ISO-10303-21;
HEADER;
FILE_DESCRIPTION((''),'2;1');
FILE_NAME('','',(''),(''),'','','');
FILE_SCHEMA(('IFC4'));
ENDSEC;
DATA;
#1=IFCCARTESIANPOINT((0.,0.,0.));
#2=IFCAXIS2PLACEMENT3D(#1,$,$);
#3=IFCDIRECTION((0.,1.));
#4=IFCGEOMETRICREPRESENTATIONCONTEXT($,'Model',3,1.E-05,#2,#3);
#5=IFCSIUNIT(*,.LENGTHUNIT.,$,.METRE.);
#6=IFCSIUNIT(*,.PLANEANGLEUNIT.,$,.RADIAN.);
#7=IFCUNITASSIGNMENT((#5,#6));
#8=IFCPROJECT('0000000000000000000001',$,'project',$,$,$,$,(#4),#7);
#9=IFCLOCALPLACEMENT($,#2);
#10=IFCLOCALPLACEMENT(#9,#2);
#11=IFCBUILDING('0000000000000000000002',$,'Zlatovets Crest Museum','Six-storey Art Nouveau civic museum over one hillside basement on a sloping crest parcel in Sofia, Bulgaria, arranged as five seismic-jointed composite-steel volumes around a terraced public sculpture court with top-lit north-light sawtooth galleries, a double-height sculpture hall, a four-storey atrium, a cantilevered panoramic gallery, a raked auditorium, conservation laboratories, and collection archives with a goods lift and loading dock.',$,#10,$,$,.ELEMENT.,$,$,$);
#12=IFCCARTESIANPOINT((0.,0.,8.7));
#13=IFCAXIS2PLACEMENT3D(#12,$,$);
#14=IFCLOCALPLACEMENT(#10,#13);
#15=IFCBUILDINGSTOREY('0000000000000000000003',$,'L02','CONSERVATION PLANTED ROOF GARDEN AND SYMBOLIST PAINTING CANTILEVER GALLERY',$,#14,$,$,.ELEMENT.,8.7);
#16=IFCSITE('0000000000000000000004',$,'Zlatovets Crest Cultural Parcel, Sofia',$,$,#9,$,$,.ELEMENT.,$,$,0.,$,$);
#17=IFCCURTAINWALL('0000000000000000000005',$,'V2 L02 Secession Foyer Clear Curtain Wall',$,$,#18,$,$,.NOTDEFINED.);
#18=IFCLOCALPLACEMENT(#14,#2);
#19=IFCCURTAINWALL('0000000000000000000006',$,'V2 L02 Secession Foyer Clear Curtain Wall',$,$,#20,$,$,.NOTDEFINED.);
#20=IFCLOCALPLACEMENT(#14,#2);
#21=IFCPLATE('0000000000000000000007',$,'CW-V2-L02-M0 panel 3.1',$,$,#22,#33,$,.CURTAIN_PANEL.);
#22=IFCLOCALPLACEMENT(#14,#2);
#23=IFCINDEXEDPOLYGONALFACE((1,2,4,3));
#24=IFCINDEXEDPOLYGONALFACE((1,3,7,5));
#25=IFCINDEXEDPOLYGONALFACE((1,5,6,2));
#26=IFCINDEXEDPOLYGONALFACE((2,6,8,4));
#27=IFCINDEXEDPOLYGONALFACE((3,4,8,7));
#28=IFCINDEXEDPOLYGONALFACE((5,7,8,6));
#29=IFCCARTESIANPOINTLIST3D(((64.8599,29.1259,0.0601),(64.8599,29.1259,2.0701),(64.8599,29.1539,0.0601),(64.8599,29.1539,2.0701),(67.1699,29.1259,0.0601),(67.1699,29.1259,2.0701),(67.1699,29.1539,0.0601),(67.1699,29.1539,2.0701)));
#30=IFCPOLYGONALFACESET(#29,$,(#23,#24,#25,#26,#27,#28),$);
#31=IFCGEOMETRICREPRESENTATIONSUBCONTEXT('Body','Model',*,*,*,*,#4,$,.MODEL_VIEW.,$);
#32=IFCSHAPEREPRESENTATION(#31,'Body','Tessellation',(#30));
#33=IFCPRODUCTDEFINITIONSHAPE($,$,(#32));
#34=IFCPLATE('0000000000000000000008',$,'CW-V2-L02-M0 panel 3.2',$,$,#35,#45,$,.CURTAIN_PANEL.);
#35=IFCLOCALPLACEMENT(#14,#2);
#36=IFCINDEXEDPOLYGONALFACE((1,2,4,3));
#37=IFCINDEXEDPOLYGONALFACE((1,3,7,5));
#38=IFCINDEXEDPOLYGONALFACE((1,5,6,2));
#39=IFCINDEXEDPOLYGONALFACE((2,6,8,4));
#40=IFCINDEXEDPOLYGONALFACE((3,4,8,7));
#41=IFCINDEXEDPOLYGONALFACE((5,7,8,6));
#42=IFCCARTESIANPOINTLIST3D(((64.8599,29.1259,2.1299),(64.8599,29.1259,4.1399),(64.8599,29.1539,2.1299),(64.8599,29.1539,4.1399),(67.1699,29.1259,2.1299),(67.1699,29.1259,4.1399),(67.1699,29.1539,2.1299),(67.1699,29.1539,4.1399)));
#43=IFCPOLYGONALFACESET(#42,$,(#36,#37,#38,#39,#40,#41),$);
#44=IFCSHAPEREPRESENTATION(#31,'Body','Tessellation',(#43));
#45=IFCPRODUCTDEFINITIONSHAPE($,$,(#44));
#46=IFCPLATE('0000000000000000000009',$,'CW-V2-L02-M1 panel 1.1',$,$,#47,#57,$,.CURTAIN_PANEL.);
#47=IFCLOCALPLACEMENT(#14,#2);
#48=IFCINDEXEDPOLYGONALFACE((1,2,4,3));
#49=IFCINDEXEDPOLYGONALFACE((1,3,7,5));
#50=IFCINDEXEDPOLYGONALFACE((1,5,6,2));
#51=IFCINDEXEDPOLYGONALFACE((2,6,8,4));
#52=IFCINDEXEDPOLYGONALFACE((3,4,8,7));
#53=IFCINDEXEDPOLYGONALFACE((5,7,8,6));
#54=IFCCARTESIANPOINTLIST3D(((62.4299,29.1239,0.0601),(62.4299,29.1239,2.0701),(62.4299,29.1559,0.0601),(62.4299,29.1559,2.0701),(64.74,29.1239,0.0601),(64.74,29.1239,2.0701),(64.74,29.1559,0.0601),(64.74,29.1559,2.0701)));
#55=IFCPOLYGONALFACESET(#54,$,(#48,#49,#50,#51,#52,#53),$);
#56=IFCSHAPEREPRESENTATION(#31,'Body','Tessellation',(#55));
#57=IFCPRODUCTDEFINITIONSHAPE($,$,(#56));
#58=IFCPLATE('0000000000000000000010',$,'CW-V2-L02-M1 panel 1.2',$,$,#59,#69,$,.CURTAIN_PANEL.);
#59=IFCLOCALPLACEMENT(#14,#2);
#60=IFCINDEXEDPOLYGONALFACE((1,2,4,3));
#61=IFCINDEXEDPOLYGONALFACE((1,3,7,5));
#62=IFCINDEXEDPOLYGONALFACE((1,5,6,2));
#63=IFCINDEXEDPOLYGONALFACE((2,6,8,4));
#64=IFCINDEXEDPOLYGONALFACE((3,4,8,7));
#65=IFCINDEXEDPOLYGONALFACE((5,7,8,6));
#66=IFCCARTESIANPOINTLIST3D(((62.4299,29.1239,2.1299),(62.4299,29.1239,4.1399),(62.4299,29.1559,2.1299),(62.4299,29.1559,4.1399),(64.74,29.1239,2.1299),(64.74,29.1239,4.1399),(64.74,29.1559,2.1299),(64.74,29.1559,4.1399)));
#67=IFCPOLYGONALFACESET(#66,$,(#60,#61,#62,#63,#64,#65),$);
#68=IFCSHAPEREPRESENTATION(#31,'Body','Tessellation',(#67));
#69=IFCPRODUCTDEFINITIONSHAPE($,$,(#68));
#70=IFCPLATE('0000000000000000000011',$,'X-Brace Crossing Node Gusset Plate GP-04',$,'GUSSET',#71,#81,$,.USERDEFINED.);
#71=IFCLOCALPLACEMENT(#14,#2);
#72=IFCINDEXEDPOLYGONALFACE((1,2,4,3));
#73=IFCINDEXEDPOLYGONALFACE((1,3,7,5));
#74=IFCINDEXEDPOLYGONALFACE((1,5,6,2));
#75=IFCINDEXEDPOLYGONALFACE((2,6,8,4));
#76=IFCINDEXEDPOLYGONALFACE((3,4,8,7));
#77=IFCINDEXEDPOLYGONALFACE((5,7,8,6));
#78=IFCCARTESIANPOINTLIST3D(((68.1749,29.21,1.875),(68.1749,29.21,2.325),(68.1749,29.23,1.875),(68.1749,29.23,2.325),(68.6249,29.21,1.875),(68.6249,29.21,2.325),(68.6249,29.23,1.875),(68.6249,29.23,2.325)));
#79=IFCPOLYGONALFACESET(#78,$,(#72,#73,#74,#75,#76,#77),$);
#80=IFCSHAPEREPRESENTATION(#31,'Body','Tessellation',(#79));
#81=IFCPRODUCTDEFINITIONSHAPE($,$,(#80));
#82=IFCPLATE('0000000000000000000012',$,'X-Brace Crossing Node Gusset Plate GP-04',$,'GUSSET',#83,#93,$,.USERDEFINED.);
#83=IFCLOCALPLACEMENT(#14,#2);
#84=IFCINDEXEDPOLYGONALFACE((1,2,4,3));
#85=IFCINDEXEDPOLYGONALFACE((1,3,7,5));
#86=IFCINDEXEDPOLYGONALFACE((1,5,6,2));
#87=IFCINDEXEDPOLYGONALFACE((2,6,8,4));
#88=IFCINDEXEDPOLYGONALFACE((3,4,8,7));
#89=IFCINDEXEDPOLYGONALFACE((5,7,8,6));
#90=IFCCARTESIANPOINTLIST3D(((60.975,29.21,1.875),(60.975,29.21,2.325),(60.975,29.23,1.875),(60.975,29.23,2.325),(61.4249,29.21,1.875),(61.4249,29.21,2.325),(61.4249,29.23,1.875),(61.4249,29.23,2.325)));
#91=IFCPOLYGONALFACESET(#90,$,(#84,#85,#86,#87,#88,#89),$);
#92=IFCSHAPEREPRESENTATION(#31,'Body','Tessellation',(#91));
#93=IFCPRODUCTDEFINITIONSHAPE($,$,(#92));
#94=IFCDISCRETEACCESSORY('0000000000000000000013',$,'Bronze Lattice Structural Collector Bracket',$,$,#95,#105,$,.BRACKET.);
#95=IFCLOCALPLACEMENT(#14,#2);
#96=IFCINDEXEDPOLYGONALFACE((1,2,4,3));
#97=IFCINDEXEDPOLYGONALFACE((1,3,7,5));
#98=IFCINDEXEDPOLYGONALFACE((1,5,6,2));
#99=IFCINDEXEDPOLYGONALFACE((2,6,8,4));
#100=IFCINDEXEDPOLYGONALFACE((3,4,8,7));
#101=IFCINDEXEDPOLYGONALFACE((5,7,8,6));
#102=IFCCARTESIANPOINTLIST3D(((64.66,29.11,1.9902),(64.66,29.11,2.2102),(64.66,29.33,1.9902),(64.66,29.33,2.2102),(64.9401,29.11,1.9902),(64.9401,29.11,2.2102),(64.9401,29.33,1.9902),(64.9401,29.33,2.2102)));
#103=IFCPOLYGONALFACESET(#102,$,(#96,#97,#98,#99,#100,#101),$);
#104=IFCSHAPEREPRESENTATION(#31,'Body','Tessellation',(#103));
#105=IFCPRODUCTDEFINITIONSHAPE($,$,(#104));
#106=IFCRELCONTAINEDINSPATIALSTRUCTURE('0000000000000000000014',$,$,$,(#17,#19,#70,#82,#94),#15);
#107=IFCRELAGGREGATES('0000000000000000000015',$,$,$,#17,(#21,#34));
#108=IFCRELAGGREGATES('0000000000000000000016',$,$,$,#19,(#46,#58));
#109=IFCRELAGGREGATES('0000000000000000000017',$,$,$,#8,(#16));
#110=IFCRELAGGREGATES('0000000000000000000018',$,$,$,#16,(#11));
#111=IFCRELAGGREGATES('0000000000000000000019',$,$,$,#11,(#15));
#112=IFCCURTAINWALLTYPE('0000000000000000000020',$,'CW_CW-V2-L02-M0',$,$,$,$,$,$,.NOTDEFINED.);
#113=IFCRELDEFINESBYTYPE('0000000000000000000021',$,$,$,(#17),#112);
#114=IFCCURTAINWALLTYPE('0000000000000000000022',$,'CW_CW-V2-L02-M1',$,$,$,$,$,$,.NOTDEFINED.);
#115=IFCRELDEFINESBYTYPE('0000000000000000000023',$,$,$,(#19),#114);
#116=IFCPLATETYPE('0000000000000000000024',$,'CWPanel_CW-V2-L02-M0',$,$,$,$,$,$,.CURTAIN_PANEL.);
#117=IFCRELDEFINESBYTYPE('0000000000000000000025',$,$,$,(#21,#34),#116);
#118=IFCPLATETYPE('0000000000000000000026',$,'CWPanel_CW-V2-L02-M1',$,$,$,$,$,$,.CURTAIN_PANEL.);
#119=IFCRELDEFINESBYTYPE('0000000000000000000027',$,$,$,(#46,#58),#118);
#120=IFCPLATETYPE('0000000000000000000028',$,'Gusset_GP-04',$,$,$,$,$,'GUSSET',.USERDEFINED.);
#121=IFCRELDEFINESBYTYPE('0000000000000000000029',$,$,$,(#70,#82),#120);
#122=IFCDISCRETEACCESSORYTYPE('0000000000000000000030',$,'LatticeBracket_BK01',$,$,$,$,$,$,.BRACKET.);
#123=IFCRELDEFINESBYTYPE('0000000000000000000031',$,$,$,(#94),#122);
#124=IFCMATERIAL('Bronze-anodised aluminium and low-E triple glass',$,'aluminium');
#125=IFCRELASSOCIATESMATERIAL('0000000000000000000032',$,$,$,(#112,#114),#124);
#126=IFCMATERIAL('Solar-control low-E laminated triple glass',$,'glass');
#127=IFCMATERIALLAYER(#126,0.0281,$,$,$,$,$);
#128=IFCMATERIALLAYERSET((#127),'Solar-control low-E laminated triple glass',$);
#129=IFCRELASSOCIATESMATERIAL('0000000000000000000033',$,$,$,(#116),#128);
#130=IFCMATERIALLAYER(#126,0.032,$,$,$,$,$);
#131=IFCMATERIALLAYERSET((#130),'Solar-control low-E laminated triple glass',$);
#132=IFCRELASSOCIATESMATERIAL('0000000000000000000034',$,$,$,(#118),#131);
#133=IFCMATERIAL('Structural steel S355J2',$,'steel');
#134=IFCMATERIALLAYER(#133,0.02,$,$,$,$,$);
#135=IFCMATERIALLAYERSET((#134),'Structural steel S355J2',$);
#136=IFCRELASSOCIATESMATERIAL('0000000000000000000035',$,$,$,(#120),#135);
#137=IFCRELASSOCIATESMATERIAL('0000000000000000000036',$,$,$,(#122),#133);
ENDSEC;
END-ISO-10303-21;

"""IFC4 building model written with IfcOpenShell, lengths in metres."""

from ifc_helpers import new_model, si_unit, direction, frame, origin, origin_2d, place, context, subcontext, project, spatial, rectangle, extrude, material, layer, layer_set, type_object, element, aggregate, save


model = new_model("IFC4")

# Units and contexts
model_context = context("Model", 3, precision=1e-05, world=origin(), true_north=direction((0.0, 1.0)))
body_context = subcontext(model_context, "Body", "Model", "MODEL_VIEW")
ifc_project = project(units=[si_unit("LENGTHUNIT", "METRE"), si_unit("PLANEANGLEUNIT", "RADIAN")], contexts=[model_context])

# Site, building, storey
site_placement = place(None, origin())
site = spatial("IfcSite", under=ifc_project, at=site_placement, Name="Zlatovets Crest Cultural Parcel, Sofia", CompositionType="ELEMENT", RefElevation=0.0)
building_placement = place(site_placement, origin())
building = spatial("IfcBuilding", under=site, at=building_placement, Name="Zlatovets Crest Museum", Description="Six-storey Art Nouveau civic museum over one hillside basement on a sloping crest parcel in Sofia, Bulgaria, arranged as five seismic-jointed composite-steel volumes around a terraced public sculpture court with top-lit north-light sawtooth galleries, a double-height sculpture hall, a four-storey atrium, a cantilevered panoramic gallery, a raked auditorium, conservation laboratories, and collection archives with a goods lift and loading dock.", CompositionType="ELEMENT")
storey_placement = place(building_placement, frame((0.0, 0.0, 8.7)))
storey = spatial("IfcBuildingStorey", under=building, at=storey_placement, Name="L02", Description="CONSERVATION PLANTED ROOF GARDEN AND SYMBOLIST PAINTING CANTILEVER GALLERY", CompositionType="ELEMENT", Elevation=8.7)

# Curtain walls
ifc_material_1 = material(Name="Bronze-anodised aluminium and low-E triple glass", Category="aluminium")
curtain_wall_type_1 = type_object("IfcCurtainWallType", Name="CW_CW-V2-L02-M0", PredefinedType="NOTDEFINED", material=ifc_material_1)
curtain_wall_1_placement = place(storey_placement, origin())
curtain_wall_1 = element("IfcCurtainWall", 1, at=curtain_wall_1_placement, inside=storey, type_object=curtain_wall_type_1, Name="V2 L02 Secession Foyer Clear Curtain Wall", PredefinedType="NOTDEFINED")
curtain_wall_type_2 = type_object("IfcCurtainWallType", Name="CW_CW-V2-L02-M1", PredefinedType="NOTDEFINED", material=ifc_material_1)
curtain_wall_2_placement = place(storey_placement, origin())
curtain_wall_2 = element("IfcCurtainWall", 2, at=curtain_wall_2_placement, inside=storey, type_object=curtain_wall_type_2, Name="V2 L02 Secession Foyer Clear Curtain Wall", PredefinedType="NOTDEFINED")

# Plates
ifc_material_2 = material(Name="Solar-control low-E laminated triple glass", Category="glass")
ifc_layer_1 = layer(ifc_material_2, 0.0281)
ifc_layer_set_1 = layer_set([ifc_layer_1], Name="Solar-control low-E laminated triple glass")
plate_type_1 = type_object("IfcPlateType", Name="CWPanel_CW-V2-L02-M0", PredefinedType="CURTAIN_PANEL", material=ifc_layer_set_1)
plate_1_placement = place(storey_placement, frame((66.0149, 29.1399, 0.0601), z_axis=(0.0, 0.0, 1.0), x_axis=(-1.0, 0.0, 0.0)))
plate_1 = element("IfcPlate", 3, at=plate_1_placement, type_object=plate_type_1, Name="CW-V2-L02-M0 panel 3.1", PredefinedType="CURTAIN_PANEL", context=body_context, shape_type="SweptSolid", body=[
    extrude(rectangle(XDim=2.3101, YDim=0.0281, at=origin_2d()), origin(), (0.0, 0.0, 1.0), 2.01),
])
plate_2_placement = place(storey_placement, frame((66.0149, 29.1399, 2.1299), z_axis=(0.0, 0.0, 1.0), x_axis=(-1.0, 0.0, 0.0)))
plate_2 = element("IfcPlate", 4, at=plate_2_placement, type_object=plate_type_1, Name="CW-V2-L02-M0 panel 3.2", PredefinedType="CURTAIN_PANEL", context=body_context, shape_type="SweptSolid", body=[
    extrude(rectangle(XDim=2.3101, YDim=0.0281, at=origin_2d()), origin(), (0.0, 0.0, 1.0), 2.01),
])
aggregate(curtain_wall_1, [plate_1, plate_2])
ifc_layer_2 = layer(ifc_material_2, 0.032)
ifc_layer_set_2 = layer_set([ifc_layer_2], Name="Solar-control low-E laminated triple glass")
plate_type_2 = type_object("IfcPlateType", Name="CWPanel_CW-V2-L02-M1", PredefinedType="CURTAIN_PANEL", material=ifc_layer_set_2)
plate_3_placement = place(storey_placement, frame((63.585, 29.1399, 0.0601), z_axis=(0.0, 0.0, 1.0), x_axis=(-1.0, 0.0, 0.0)))
plate_3 = element("IfcPlate", 5, at=plate_3_placement, type_object=plate_type_2, Name="CW-V2-L02-M1 panel 1.1", PredefinedType="CURTAIN_PANEL", context=body_context, shape_type="SweptSolid", body=[
    extrude(rectangle(XDim=2.3101, YDim=0.032, at=origin_2d()), origin(), (0.0, 0.0, 1.0), 2.01),
])
plate_4_placement = place(storey_placement, frame((63.585, 29.1399, 2.1299), z_axis=(0.0, 0.0, 1.0), x_axis=(-1.0, 0.0, 0.0)))
plate_4 = element("IfcPlate", 6, at=plate_4_placement, type_object=plate_type_2, Name="CW-V2-L02-M1 panel 1.2", PredefinedType="CURTAIN_PANEL", context=body_context, shape_type="SweptSolid", body=[
    extrude(rectangle(XDim=2.3101, YDim=0.032, at=origin_2d()), origin(), (0.0, 0.0, 1.0), 2.01),
])
aggregate(curtain_wall_2, [plate_3, plate_4])

# Plates
ifc_material_3 = material(Name="Structural steel S355J2", Category="steel")
ifc_layer_3 = layer(ifc_material_3, 0.02)
ifc_layer_set_3 = layer_set([ifc_layer_3], Name="Structural steel S355J2")
plate_type_3 = type_object("IfcPlateType", Name="Gusset_GP-04", ElementType="GUSSET", PredefinedType="USERDEFINED", material=ifc_layer_set_3)
for number, where, z_axis, x_axis, name in (
    (7, (68.3999, 29.22, 1.875), (0.0, 0.0, 1.0), (1.0, 0.0, 0.0), "X-Brace Crossing Node Gusset Plate GP-04"),
    (8, (61.2, 29.22, 1.875), (0.0, 0.0, 1.0), (1.0, 0.0, 0.0), "X-Brace Crossing Node Gusset Plate GP-04"),
):
    element("IfcPlate", number, at=place(storey_placement, frame(where, z_axis=z_axis, x_axis=x_axis)), inside=storey, type_object=plate_type_3, Name=name, ObjectType="GUSSET", PredefinedType="USERDEFINED", context=body_context, shape_type="SweptSolid", body=[
        extrude(rectangle(XDim=0.45, YDim=0.02, at=origin_2d()), origin(), (0.0, 0.0, 1.0), 0.45),
    ])

# Discrete accessory
discrete_accessory_type = type_object("IfcDiscreteAccessoryType", Name="LatticeBracket_BK01", PredefinedType="BRACKET", material=ifc_material_3)
discrete_accessory_placement = place(storey_placement, frame((64.8, 29.22, 1.9902), z_axis=(0.0, 0.0, 1.0), x_axis=(1.0, 0.0, 0.0)))
element("IfcDiscreteAccessory", 9, at=discrete_accessory_placement, inside=storey, type_object=discrete_accessory_type, Name="Bronze Lattice Structural Collector Bracket", PredefinedType="BRACKET", context=body_context, shape_type="SweptSolid", body=[
    extrude(rectangle(XDim=0.28, YDim=0.22, at=origin_2d()), origin(), (0.0, 0.0, 1.0), 0.22),
])

save(model, "model.ifc")
